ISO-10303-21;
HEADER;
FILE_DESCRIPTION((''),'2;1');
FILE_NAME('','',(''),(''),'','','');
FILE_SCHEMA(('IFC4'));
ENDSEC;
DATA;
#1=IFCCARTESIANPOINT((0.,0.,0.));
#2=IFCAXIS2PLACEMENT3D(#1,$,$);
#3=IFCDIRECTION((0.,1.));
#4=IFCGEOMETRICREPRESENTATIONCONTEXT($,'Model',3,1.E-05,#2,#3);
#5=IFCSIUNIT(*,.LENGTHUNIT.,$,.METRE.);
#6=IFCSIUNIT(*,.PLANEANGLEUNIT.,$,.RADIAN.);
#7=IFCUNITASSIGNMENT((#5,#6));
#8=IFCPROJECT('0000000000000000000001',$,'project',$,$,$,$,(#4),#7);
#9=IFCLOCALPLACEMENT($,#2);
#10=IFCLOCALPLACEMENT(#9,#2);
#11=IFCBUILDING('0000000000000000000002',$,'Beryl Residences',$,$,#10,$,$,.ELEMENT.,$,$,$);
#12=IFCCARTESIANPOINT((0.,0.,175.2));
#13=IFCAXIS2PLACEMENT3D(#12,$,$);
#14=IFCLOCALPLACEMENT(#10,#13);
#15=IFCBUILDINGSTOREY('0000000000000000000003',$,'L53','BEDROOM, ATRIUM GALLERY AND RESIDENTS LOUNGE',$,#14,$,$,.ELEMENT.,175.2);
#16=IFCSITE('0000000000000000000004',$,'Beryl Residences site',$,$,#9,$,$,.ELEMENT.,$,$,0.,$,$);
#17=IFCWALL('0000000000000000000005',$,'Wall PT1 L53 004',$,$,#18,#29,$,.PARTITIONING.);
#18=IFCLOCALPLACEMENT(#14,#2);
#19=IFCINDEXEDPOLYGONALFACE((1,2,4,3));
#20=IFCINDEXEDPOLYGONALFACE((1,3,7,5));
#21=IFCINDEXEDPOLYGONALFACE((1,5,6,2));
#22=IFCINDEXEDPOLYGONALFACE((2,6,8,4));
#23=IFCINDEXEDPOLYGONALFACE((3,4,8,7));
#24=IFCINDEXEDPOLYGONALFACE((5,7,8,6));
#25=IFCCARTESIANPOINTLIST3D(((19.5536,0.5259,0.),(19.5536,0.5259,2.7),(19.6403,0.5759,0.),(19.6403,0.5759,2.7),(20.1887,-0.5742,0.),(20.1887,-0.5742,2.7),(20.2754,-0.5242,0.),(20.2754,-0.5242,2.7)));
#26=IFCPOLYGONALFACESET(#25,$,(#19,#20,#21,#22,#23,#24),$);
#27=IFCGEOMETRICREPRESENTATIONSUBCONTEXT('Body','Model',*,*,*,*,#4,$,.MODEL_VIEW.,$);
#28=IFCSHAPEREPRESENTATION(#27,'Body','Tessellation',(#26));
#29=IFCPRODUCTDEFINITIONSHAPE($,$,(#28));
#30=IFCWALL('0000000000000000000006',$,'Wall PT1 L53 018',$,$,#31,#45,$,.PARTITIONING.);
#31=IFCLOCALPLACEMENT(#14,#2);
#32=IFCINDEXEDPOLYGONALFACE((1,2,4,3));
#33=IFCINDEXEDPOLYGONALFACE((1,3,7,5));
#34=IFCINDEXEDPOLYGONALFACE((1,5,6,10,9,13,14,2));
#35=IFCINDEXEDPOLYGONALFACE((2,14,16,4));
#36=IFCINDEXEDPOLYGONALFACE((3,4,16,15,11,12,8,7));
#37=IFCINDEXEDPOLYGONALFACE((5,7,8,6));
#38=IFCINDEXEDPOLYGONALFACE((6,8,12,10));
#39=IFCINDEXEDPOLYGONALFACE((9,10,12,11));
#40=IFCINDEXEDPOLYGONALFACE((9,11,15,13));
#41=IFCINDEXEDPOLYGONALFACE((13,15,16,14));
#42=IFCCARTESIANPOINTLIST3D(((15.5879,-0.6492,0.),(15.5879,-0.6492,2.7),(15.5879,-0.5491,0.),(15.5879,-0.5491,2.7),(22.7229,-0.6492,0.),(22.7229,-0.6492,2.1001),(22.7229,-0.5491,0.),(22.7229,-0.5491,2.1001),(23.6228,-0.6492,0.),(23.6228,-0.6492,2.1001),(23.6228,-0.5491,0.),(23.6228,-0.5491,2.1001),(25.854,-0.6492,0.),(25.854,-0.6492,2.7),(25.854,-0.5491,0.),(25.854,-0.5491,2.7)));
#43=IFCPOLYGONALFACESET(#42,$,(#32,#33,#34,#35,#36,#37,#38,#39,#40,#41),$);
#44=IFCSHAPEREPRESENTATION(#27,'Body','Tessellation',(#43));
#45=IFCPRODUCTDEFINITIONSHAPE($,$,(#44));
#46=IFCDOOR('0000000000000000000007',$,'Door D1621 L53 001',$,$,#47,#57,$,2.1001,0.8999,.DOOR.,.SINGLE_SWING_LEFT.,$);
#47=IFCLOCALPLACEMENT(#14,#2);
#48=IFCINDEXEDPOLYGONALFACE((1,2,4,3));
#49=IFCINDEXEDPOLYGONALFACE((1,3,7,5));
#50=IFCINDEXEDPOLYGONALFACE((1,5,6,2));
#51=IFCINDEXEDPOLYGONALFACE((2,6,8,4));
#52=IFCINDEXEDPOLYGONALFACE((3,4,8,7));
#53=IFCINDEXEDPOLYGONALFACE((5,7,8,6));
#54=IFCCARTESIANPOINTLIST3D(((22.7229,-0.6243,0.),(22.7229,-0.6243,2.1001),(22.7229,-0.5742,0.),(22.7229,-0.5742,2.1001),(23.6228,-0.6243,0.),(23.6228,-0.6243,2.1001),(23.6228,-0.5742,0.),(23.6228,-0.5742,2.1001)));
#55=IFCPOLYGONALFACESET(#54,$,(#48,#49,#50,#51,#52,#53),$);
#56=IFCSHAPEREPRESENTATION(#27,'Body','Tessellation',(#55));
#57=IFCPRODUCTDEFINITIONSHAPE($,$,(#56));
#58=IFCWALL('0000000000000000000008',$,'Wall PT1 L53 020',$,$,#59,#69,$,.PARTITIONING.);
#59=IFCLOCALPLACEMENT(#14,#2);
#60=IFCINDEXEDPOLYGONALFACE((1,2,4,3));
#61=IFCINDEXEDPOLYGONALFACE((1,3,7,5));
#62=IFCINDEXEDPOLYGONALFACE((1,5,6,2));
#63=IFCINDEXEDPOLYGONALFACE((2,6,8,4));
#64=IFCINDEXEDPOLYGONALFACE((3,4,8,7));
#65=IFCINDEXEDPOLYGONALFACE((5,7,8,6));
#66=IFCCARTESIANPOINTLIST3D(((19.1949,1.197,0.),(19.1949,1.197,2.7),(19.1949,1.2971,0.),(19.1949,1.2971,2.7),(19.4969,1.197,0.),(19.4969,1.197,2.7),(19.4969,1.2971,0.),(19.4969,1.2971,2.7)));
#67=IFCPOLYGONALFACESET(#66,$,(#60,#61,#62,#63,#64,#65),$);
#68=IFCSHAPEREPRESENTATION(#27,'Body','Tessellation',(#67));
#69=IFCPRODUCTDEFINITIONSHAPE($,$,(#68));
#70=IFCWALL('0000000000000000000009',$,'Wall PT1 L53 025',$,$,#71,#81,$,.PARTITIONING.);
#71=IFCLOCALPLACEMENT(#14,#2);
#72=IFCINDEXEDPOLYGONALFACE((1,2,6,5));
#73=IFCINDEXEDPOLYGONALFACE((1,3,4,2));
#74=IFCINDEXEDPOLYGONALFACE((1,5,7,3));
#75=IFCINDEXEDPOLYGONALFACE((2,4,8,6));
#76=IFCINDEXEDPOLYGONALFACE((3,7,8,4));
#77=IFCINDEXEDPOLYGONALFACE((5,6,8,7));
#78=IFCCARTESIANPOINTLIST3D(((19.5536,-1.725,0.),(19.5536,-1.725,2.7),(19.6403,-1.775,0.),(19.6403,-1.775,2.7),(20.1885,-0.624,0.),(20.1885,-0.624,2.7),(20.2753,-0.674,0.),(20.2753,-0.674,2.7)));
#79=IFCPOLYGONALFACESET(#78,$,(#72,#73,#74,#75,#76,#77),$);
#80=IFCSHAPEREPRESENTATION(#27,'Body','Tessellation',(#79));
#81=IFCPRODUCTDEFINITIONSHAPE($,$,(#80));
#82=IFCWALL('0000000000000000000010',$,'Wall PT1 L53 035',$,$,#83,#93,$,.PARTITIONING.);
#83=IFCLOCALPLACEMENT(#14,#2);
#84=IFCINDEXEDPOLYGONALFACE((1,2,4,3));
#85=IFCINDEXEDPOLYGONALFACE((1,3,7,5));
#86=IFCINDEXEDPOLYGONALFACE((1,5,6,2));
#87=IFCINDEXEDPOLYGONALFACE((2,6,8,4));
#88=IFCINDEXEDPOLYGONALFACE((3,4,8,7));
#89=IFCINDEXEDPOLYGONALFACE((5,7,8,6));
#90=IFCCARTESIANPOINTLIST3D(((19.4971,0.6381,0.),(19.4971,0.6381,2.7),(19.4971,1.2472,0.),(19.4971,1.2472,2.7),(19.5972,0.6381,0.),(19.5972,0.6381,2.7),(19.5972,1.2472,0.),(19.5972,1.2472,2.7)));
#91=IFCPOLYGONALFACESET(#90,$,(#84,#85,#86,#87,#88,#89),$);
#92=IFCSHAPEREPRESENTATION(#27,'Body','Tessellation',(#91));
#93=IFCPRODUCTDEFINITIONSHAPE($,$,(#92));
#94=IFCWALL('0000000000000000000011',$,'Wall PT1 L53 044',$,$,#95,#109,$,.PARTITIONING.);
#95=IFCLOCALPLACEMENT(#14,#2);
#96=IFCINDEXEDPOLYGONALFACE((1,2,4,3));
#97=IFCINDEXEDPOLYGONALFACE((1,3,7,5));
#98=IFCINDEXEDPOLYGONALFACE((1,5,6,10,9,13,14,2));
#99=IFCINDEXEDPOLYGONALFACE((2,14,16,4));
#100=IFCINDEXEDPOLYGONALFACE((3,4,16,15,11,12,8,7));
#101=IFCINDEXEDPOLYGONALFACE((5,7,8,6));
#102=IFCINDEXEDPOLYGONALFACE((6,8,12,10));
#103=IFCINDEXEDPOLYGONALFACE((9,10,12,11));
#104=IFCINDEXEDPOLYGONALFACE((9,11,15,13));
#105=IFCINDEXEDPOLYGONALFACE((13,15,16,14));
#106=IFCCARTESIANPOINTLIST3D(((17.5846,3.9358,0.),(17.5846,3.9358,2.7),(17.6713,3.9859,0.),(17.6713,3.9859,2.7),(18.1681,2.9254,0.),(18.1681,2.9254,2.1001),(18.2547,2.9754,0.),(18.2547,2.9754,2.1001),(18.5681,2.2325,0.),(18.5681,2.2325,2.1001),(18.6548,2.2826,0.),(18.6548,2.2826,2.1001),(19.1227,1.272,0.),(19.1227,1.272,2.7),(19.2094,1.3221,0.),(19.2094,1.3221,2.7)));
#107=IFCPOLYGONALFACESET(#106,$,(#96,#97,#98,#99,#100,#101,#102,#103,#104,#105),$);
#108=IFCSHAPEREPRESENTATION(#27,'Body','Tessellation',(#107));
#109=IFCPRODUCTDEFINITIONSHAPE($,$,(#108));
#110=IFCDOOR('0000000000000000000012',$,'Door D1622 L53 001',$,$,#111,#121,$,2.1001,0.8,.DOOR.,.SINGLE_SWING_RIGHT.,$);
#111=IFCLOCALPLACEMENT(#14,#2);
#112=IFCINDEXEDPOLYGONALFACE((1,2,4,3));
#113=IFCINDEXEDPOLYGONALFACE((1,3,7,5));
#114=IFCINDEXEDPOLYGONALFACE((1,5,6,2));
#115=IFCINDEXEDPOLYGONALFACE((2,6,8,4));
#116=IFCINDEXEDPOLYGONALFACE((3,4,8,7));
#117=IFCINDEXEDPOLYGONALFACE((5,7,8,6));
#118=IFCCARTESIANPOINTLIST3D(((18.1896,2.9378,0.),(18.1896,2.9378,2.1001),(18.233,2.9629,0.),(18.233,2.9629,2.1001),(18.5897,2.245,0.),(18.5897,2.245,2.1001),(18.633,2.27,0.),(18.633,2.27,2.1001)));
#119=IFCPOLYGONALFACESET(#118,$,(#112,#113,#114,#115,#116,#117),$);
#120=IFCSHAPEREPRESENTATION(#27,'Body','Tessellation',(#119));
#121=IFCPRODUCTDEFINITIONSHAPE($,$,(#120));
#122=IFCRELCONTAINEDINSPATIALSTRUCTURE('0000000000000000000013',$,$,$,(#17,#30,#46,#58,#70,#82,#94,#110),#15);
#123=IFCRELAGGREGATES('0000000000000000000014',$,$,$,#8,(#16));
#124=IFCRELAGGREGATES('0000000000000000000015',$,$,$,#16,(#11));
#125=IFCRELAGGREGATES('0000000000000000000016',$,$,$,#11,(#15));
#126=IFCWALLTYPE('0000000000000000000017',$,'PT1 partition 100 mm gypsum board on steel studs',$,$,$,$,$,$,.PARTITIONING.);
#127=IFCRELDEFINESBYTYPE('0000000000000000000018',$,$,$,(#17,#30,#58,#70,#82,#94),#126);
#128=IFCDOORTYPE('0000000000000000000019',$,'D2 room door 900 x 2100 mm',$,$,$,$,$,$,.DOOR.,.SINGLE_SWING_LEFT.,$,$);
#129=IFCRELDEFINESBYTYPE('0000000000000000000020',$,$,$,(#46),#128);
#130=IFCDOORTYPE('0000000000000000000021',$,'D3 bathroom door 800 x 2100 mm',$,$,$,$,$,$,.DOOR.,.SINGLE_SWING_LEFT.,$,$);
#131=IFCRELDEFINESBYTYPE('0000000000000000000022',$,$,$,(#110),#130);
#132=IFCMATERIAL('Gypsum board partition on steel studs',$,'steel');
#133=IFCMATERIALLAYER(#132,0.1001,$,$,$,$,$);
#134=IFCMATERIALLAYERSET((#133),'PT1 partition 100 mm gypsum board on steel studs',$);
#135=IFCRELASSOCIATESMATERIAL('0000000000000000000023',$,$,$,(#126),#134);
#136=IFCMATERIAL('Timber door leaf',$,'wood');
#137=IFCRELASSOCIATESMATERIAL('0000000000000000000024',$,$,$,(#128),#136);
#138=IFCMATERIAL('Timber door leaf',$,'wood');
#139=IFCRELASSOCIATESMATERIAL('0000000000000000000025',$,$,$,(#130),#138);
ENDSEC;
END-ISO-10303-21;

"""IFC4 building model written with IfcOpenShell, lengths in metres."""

from ifc_helpers import new_model, si_unit, direction, frame, frame_2d, origin, place, context, subcontext, project, spatial, rectangle, extrude, material, layer, layer_set, type_object, element, fill, save


model = new_model("IFC4")

# Units and contexts
model_context = context("Model", 3, precision=1e-05, world=origin(), true_north=direction((0.0, 1.0)))
body_context = subcontext(model_context, "Body", "Model", "MODEL_VIEW")
ifc_project = project(units=[si_unit("LENGTHUNIT", "METRE"), si_unit("PLANEANGLEUNIT", "RADIAN")], contexts=[model_context])

# Site, building, storey
site_placement = place(None, origin())
site = spatial("IfcSite", under=ifc_project, at=site_placement, Name="Beryl Residences site", CompositionType="ELEMENT", RefElevation=0.0)
building_placement = place(site_placement, origin())
building = spatial("IfcBuilding", under=site, at=building_placement, Name="Beryl Residences", CompositionType="ELEMENT")
storey_placement = place(building_placement, frame((0.0, 0.0, 175.2)))
storey = spatial("IfcBuildingStorey", under=building, at=storey_placement, Name="L53", Description="BEDROOM, ATRIUM GALLERY AND RESIDENTS LOUNGE", CompositionType="ELEMENT", Elevation=175.2)

# Wall
ifc_material_1 = material(Name="Gypsum board partition on steel studs", Category="steel")
ifc_layer_1 = layer(ifc_material_1, 0.1001)
ifc_layer_set_1 = layer_set([ifc_layer_1], Name="PT1 partition 100 mm gypsum board on steel studs")
wall_type_1 = type_object("IfcWallType", Name="PT1 partition 100 mm gypsum board on steel studs", PredefinedType="PARTITIONING", material=ifc_layer_set_1)
wall_1_placement = place(storey_placement, frame((19.5969, 0.551, 0.0), z_axis=(0.0, 0.0, 1.0), x_axis=(0.499922, -0.86607, 0.0)))
element("IfcWall", 1, at=wall_1_placement, inside=storey, type_object=wall_type_1, Name="Wall PT1 L53 004", PredefinedType="PARTITIONING", context=body_context, shape_type="SweptSolid", body=[
    extrude(rectangle(XDim=1.2703, YDim=0.1001, at=frame_2d((0.6353, 0.0))), origin(), (0.0, 0.0, 1.0), 2.7),
])

# Wall, opening, door
wall_2_placement = place(storey_placement, frame((15.5879, -0.5991, 0.0), z_axis=(0.0, 0.0, 1.0), x_axis=(1.0, 0.0, 0.0)))
wall_2 = element("IfcWall", 2, at=wall_2_placement, inside=storey, type_object=wall_type_1, Name="Wall PT1 L53 018", PredefinedType="PARTITIONING", context=body_context, shape_type="SweptSolid", body=[
    extrude(rectangle(XDim=10.2661, YDim=0.1001, at=frame_2d((5.1331, 0.0))), origin(), (0.0, 0.0, 1.0), 2.7),
])
opening_1_placement = place(wall_2_placement, frame((7.135, 0.0, 0.0)))
opening_1 = element("IfcOpeningElement", 3, at=opening_1_placement, cuts=wall_2, PredefinedType="OPENING", context=body_context, shape_type="SweptSolid", body=[
    extrude(rectangle(XDim=0.8999, YDim=2.1001, at=frame_2d((0.45, 1.05))), frame((0.0, 0.0601, 0.0), z_axis=(0.0, -1.0, 0.0), x_axis=(1.0, 0.0, 0.0)), (0.0, 0.0, 1.0), 0.1201),
])
ifc_material_2 = material(Name="Timber door leaf", Category="wood")
door_type_1 = type_object("IfcDoorType", Name="D2 room door 900 x 2100 mm", OperationType="SINGLE_SWING_LEFT", PredefinedType="DOOR", material=ifc_material_2)
door_1_placement = place(opening_1_placement, origin())
door_1 = element("IfcDoor", 4, at=door_1_placement, inside=storey, type_object=door_type_1, Name="Door D1621 L53 001", OperationType="SINGLE_SWING_LEFT", OverallHeight=2.1001, OverallWidth=0.8999, PredefinedType="DOOR", context=body_context, shape_type="SweptSolid", body=[
    extrude(rectangle(XDim=0.8999, YDim=2.1001, at=frame_2d((0.45, 1.05))), frame((0.0, 0.0249, 0.0), z_axis=(0.0, -1.0, 0.0), x_axis=(1.0, 0.0, 0.0)), (0.0, 0.0, 1.0), 0.05),
])
fill(opening_1, door_1)

# Walls
wall_3_placement = place(storey_placement, frame((19.1951, 1.2471, 0.0), z_axis=(0.0, 0.0, 1.0), x_axis=(1.0, 0.0, 0.0)))
element("IfcWall", 5, at=wall_3_placement, inside=storey, type_object=wall_type_1, Name="Wall PT1 L53 020", PredefinedType="PARTITIONING", context=body_context, shape_type="SweptSolid", body=[
    extrude(rectangle(XDim=0.302, YDim=0.1001, at=frame_2d((0.1509, 0.0))), origin(), (0.0, 0.0, 1.0), 2.7),
])
wall_4_placement = place(storey_placement, frame((19.5969, -1.75, 0.0), z_axis=(0.0, 0.0, 1.0), x_axis=(0.499589, 0.866262, 0.0)))
element("IfcWall", 6, at=wall_4_placement, inside=storey, type_object=wall_type_1, Name="Wall PT1 L53 025", PredefinedType="PARTITIONING", context=body_context, shape_type="SweptSolid", body=[
    extrude(rectangle(XDim=1.271, YDim=0.1001, at=frame_2d((0.6355, 0.0))), origin(), (0.0, 0.0, 1.0), 2.7),
])
wall_5_placement = place(storey_placement, frame((19.5471, 0.6379, 0.0), z_axis=(0.0, 0.0, 1.0), x_axis=(0.0, 1.0, 0.0)))
element("IfcWall", 7, at=wall_5_placement, inside=storey, type_object=wall_type_1, Name="Wall PT1 L53 035", PredefinedType="PARTITIONING", context=body_context, shape_type="SweptSolid", body=[
    extrude(rectangle(XDim=0.6091, YDim=0.1001, at=frame_2d((0.3047, 0.0))), origin(), (0.0, 0.0, 1.0), 2.7),
])

# Wall, opening, door
wall_6_placement = place(storey_placement, frame((17.6279, 3.9609, 0.0), z_axis=(0.0, 0.0, 1.0), x_axis=(0.500032, -0.866007, 0.0)))
wall_6 = element("IfcWall", 8, at=wall_6_placement, inside=storey, type_object=wall_type_1, Name="Wall PT1 L53 044", PredefinedType="PARTITIONING", context=body_context, shape_type="SweptSolid", body=[
    extrude(rectangle(XDim=3.0759, YDim=0.1001, at=frame_2d((1.5381, 0.0))), origin(), (0.0, 0.0, 1.0), 2.7),
])
opening_2_placement = place(wall_6_placement, frame((1.167, 0.0, 0.0)))
opening_2 = element("IfcOpeningElement", 9, at=opening_2_placement, cuts=wall_6, PredefinedType="OPENING", context=body_context, shape_type="SweptSolid", body=[
    extrude(rectangle(XDim=0.8, YDim=2.1001, at=frame_2d((0.3999, 1.05))), frame((0.0, 0.0601, 0.0), z_axis=(0.0, -1.0, 0.0), x_axis=(1.0, 0.0, 0.0)), (0.0, 0.0, 1.0), 0.1201),
])
ifc_material_3 = material(Name="Timber door leaf", Category="wood")
door_type_2 = type_object("IfcDoorType", Name="D3 bathroom door 800 x 2100 mm", OperationType="SINGLE_SWING_LEFT", PredefinedType="DOOR", material=ifc_material_3)
door_2_placement = place(opening_2_placement, origin())
door_2 = element("IfcDoor", 10, at=door_2_placement, inside=storey, type_object=door_type_2, Name="Door D1622 L53 001", OperationType="SINGLE_SWING_RIGHT", OverallHeight=2.1001, OverallWidth=0.8, PredefinedType="DOOR", context=body_context, shape_type="SweptSolid", body=[
    extrude(rectangle(XDim=0.8, YDim=2.1001, at=frame_2d((0.3999, 1.05))), frame((0.0, 0.0249, 0.0), z_axis=(0.0, -1.0, 0.0), x_axis=(1.0, 0.0, 0.0)), (0.0, 0.0, 1.0), 0.05),
])
fill(opening_2, door_2)

save(model, "model.ifc")
